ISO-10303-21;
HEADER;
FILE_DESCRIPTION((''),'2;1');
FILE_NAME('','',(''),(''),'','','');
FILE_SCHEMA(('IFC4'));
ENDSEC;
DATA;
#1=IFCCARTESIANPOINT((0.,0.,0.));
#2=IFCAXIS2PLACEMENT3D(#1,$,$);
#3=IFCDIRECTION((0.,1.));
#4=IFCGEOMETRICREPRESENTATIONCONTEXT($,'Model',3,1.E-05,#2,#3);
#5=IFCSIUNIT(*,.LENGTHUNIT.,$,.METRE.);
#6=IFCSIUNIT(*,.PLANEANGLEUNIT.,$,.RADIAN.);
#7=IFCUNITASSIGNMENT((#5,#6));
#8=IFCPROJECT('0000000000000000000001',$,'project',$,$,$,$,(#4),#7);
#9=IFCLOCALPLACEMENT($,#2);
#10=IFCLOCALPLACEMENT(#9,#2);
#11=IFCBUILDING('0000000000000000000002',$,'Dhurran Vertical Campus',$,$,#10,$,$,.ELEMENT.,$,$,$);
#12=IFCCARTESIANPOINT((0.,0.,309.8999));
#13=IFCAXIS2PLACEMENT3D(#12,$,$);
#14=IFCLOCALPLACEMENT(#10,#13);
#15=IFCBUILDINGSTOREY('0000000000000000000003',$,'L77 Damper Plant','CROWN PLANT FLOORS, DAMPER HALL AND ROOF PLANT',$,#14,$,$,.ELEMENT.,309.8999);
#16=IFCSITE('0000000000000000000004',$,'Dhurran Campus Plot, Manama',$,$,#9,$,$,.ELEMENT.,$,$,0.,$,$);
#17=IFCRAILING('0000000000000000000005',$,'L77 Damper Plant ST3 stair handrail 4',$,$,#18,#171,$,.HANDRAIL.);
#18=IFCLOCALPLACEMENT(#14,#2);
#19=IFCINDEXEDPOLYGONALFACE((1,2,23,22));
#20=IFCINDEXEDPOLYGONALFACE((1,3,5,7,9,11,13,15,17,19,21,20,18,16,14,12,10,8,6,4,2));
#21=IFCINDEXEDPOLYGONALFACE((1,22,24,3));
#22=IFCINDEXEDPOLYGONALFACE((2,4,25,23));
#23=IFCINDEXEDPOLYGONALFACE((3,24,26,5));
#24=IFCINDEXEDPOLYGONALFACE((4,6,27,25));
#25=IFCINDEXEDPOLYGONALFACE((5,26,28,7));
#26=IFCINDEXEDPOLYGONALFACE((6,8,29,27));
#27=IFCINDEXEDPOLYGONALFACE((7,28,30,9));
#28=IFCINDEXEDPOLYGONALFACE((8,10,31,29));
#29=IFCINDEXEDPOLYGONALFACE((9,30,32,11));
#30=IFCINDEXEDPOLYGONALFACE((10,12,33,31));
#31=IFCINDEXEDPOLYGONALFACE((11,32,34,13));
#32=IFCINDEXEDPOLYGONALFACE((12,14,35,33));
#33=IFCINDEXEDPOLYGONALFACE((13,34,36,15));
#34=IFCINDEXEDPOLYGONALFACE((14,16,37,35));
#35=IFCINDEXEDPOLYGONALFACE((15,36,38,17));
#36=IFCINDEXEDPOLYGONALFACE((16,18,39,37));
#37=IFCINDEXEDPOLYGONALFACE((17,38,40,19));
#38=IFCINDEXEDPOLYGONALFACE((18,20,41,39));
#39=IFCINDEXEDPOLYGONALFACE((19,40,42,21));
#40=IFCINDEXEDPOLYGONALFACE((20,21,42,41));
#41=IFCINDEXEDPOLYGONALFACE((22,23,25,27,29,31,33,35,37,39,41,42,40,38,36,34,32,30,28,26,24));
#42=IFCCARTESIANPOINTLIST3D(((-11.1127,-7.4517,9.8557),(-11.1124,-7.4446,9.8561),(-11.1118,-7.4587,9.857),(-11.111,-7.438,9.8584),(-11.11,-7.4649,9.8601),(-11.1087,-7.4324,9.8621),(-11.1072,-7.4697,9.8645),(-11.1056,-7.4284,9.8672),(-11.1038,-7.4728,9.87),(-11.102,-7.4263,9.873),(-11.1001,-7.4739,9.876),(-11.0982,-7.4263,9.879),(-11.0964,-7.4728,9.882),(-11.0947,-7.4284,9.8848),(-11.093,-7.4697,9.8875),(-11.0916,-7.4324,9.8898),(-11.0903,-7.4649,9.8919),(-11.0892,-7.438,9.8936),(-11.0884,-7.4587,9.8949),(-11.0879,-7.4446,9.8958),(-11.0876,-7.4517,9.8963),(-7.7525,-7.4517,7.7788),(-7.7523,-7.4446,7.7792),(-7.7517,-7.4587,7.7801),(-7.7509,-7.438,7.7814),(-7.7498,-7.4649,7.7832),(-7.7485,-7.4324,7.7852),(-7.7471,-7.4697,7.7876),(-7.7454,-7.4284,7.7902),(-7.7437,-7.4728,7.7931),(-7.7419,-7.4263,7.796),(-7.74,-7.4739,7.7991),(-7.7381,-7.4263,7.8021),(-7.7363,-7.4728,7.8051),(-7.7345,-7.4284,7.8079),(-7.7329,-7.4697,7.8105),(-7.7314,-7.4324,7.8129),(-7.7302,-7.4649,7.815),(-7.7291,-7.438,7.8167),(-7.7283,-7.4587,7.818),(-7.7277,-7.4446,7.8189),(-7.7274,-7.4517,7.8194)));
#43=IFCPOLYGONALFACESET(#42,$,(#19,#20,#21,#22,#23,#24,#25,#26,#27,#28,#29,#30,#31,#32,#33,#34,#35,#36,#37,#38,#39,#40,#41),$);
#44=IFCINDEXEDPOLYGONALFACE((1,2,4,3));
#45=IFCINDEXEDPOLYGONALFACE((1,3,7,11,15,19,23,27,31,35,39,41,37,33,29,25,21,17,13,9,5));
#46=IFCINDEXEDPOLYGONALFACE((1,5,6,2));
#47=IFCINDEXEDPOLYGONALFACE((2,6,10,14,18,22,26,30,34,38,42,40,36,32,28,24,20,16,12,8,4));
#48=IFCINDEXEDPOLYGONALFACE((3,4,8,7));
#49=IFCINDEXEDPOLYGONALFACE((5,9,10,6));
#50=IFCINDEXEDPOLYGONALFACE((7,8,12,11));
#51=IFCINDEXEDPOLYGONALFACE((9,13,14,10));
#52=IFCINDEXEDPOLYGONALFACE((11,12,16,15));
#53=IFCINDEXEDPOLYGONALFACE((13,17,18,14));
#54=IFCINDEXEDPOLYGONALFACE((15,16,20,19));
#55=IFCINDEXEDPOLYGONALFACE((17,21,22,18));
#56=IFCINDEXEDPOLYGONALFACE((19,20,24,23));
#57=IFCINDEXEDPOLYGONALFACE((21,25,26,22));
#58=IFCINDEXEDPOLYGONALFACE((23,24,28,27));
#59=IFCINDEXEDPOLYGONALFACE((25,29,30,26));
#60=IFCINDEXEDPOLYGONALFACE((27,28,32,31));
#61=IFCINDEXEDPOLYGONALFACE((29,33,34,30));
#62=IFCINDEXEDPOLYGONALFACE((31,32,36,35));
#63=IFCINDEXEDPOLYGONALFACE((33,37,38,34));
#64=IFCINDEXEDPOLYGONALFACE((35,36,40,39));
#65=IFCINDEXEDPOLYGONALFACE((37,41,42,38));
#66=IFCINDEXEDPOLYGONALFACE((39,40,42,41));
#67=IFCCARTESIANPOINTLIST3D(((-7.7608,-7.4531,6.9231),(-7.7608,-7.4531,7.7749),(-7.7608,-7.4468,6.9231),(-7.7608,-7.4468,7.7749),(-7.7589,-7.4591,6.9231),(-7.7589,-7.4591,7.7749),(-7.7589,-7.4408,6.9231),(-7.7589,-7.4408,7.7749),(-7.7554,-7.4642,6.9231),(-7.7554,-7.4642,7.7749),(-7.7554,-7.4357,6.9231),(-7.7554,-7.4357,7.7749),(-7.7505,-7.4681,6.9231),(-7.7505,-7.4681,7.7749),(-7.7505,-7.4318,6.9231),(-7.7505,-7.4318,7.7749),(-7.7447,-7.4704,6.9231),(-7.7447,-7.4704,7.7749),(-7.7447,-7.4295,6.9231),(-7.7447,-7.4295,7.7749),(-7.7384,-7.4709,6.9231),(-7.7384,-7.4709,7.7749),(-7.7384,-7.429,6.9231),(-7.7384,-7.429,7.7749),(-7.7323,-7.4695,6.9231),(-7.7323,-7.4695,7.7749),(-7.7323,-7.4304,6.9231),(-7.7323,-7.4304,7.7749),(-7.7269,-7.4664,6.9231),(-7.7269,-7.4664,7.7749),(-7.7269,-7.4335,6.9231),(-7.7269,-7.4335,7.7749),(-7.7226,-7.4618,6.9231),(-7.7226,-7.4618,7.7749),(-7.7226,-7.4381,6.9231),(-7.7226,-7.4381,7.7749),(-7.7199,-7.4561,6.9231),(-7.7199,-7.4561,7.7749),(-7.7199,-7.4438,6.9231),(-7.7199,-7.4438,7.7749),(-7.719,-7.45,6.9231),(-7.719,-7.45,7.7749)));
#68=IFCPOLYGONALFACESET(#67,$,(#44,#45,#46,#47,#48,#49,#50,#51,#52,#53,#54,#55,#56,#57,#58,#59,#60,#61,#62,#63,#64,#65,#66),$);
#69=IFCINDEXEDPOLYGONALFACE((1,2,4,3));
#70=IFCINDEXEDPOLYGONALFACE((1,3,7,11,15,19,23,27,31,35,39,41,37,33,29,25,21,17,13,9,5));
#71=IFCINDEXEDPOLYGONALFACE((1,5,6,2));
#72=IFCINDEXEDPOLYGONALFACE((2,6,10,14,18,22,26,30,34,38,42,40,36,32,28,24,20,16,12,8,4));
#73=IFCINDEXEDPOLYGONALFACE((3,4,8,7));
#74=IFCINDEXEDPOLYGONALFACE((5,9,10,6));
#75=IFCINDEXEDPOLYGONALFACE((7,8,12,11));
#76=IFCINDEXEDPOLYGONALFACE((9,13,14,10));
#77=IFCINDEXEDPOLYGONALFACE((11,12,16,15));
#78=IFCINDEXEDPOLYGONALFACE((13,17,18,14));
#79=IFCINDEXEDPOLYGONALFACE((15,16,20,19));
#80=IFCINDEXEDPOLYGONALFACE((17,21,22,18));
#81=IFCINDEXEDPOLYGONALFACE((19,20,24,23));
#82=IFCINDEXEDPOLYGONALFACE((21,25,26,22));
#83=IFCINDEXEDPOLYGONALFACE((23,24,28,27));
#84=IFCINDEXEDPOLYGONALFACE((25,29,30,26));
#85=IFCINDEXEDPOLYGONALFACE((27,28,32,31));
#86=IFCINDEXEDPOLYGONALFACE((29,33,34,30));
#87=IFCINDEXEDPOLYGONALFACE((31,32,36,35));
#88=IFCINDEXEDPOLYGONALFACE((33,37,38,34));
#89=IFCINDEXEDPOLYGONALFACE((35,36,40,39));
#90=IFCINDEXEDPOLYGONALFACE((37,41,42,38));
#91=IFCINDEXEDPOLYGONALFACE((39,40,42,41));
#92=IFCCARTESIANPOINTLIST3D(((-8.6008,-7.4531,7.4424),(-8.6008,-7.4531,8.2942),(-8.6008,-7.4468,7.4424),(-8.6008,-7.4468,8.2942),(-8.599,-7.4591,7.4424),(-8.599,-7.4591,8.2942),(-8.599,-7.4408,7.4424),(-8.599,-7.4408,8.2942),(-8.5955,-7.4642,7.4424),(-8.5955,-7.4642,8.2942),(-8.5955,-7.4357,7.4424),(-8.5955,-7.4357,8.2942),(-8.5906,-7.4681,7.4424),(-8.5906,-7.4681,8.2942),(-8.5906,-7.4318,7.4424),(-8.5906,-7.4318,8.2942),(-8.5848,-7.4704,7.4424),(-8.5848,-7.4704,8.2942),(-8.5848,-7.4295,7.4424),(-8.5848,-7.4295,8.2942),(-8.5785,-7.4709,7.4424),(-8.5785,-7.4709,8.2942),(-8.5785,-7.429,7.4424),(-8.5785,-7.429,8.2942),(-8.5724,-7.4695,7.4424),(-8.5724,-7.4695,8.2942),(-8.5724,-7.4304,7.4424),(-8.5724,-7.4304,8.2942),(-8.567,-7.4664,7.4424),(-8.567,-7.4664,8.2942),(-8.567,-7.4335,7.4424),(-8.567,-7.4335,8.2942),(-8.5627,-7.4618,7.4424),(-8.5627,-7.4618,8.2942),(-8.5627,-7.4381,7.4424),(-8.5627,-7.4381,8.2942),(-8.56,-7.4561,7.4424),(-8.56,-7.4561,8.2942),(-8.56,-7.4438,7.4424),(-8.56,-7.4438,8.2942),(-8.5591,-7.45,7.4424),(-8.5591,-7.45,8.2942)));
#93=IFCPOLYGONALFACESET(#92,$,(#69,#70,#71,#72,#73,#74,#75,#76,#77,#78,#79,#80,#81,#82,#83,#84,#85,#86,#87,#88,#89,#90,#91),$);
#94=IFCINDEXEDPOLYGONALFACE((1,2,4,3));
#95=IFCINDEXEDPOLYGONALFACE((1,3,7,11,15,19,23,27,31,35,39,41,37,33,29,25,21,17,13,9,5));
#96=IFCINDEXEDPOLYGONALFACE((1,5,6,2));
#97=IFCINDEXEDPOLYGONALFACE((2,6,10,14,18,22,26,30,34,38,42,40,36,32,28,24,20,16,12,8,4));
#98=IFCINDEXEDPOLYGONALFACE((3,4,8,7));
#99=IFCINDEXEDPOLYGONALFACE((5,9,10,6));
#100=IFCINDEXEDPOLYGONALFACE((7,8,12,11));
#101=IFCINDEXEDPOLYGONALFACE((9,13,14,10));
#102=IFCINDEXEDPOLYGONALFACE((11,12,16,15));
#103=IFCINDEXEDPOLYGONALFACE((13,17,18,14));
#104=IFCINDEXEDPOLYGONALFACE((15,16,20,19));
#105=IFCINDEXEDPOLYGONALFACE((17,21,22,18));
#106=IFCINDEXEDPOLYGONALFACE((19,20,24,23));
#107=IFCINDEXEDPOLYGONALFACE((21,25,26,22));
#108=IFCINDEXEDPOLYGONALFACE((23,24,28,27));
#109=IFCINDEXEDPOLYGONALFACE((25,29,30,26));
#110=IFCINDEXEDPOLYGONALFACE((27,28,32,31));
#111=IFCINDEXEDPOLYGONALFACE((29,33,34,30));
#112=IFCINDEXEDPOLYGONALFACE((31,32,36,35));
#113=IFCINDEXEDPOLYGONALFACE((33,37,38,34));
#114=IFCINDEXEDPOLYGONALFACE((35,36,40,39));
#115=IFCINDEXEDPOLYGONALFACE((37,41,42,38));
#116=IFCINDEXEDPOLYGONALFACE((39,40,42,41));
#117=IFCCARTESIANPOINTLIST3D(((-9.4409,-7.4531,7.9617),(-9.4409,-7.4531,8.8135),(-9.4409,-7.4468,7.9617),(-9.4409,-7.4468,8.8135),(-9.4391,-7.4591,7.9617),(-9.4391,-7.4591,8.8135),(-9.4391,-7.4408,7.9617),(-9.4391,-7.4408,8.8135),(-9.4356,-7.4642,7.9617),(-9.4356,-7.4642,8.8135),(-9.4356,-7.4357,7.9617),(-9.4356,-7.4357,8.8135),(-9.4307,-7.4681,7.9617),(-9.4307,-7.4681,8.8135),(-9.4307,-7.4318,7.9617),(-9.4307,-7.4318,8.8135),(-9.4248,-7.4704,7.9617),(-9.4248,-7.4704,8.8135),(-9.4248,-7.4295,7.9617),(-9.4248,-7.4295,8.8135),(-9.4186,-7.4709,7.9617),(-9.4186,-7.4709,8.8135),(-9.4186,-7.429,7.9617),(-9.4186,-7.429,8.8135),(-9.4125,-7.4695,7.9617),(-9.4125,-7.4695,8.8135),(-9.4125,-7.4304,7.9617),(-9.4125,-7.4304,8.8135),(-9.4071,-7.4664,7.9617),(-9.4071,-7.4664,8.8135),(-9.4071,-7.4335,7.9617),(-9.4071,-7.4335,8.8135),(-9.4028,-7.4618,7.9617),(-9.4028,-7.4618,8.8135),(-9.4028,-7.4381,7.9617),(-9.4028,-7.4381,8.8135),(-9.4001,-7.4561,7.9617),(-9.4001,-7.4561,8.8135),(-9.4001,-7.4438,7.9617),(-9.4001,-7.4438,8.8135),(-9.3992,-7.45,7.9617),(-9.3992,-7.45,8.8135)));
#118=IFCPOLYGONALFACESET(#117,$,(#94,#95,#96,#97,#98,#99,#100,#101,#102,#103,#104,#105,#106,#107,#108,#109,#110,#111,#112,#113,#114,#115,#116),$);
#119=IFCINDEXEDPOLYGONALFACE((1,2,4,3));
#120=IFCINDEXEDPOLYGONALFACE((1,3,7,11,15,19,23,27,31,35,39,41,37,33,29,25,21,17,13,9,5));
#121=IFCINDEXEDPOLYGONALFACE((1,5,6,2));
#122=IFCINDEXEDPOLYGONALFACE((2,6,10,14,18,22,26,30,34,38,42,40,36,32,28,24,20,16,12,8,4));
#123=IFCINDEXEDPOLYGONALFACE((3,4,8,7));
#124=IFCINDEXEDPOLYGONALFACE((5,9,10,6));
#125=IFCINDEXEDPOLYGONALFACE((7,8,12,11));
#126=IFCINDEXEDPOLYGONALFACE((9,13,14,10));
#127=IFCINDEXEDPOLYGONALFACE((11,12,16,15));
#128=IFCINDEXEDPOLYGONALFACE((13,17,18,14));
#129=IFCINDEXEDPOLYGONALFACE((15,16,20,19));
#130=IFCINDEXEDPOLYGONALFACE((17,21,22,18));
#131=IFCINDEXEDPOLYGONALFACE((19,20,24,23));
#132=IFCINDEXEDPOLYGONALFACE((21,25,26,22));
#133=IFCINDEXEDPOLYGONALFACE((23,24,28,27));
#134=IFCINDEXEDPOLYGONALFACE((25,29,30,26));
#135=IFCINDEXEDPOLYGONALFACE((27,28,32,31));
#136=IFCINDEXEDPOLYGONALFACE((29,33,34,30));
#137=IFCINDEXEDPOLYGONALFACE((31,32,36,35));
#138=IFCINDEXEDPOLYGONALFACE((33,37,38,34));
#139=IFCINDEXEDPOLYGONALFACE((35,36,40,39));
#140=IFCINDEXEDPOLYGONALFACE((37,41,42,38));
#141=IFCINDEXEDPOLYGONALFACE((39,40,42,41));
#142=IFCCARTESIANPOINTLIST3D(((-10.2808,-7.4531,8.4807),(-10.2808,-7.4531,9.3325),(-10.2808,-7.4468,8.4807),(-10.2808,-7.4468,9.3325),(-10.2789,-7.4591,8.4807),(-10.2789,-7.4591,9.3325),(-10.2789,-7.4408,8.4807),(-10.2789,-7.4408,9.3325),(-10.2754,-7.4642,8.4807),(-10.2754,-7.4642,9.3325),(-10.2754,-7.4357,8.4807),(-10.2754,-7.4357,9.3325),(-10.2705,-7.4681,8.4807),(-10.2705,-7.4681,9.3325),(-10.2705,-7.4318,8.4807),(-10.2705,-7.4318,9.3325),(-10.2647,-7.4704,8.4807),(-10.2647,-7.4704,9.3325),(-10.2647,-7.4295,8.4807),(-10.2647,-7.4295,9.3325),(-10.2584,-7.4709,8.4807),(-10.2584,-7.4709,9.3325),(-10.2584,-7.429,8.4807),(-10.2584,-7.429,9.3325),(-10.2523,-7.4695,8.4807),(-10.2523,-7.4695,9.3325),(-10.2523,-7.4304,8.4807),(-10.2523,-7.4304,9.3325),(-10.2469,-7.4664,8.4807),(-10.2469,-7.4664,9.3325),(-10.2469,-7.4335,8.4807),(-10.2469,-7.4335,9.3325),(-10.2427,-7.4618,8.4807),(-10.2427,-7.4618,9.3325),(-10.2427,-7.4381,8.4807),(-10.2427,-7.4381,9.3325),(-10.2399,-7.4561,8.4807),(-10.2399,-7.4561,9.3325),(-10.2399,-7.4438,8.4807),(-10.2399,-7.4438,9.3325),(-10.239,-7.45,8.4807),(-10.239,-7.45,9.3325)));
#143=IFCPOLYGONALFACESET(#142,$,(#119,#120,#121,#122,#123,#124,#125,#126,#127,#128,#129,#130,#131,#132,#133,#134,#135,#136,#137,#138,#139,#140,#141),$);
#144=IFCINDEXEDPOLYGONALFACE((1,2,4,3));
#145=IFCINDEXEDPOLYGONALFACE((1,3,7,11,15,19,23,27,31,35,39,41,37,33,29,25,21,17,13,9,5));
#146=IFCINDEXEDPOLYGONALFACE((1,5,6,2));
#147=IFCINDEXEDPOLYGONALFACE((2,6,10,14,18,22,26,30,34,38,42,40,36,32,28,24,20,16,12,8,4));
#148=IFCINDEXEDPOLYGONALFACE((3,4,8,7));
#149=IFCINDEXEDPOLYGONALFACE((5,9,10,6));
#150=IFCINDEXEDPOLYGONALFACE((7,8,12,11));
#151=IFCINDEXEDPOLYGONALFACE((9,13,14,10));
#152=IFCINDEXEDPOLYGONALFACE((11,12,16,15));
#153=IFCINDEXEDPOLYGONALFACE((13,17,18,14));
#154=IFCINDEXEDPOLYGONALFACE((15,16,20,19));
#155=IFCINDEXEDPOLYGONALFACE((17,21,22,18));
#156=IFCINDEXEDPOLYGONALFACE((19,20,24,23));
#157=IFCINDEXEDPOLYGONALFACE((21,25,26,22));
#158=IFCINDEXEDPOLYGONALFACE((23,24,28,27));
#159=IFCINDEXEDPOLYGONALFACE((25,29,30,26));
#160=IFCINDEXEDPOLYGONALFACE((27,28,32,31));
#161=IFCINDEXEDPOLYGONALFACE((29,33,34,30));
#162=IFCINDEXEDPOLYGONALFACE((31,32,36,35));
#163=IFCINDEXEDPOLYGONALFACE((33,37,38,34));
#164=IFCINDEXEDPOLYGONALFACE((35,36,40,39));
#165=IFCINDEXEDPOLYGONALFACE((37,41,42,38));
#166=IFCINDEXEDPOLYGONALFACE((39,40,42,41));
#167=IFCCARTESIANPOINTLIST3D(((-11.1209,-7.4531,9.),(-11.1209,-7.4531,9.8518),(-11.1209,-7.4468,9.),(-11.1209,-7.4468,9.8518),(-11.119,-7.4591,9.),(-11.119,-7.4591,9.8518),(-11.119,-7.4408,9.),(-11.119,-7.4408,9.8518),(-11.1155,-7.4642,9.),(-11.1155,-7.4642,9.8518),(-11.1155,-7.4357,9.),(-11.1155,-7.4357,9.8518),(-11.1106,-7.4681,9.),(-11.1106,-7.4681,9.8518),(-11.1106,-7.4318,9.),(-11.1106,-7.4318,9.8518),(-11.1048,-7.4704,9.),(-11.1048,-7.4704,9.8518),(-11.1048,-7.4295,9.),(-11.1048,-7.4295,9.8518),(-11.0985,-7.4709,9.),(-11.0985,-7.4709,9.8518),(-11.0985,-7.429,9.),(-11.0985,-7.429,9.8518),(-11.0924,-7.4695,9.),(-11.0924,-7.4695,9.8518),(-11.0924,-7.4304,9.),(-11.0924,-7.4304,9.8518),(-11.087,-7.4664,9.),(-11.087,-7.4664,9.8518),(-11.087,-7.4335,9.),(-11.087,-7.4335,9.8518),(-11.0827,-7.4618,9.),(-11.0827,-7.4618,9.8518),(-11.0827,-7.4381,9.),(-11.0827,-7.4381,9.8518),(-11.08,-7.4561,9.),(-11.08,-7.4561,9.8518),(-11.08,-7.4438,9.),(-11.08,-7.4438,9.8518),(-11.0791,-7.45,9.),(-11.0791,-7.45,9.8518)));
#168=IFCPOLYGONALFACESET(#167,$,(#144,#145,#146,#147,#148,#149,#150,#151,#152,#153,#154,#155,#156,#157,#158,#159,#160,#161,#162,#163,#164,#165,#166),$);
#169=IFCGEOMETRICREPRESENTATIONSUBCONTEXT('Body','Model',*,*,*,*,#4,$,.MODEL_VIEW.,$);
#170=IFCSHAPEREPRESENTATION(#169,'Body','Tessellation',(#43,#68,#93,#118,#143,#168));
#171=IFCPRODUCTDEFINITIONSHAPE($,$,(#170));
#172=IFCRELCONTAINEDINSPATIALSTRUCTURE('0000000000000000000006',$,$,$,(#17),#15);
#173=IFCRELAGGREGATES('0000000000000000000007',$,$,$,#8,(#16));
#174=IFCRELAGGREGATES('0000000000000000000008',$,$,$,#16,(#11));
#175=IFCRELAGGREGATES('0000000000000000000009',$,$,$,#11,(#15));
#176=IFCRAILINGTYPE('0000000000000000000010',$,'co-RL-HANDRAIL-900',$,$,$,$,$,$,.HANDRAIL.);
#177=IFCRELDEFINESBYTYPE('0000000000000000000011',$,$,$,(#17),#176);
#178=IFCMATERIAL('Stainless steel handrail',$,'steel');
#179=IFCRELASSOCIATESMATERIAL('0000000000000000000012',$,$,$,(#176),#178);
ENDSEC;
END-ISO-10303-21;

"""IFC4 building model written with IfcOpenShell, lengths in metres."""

from ifc_helpers import new_model, si_unit, direction, frame, origin, origin_2d, place, context, subcontext, project, spatial, circle, extrude, material, type_object, element, save


model = new_model("IFC4")

# Units and contexts
model_context = context("Model", 3, precision=1e-05, world=origin(), true_north=direction((0.0, 1.0)))
body_context = subcontext(model_context, "Body", "Model", "MODEL_VIEW")
ifc_project = project(units=[si_unit("LENGTHUNIT", "METRE"), si_unit("PLANEANGLEUNIT", "RADIAN")], contexts=[model_context])

# Site, building, storey
site_placement = place(None, origin())
site = spatial("IfcSite", under=ifc_project, at=site_placement, Name="Dhurran Campus Plot, Manama", CompositionType="ELEMENT", RefElevation=0.0)
building_placement = place(site_placement, origin())
building = spatial("IfcBuilding", under=site, at=building_placement, Name="Dhurran Vertical Campus", CompositionType="ELEMENT")
storey_placement = place(building_placement, frame((0.0, 0.0, 309.8999)))
storey = spatial("IfcBuildingStorey", under=building, at=storey_placement, Name="L77 Damper Plant", Description="CROWN PLANT FLOORS, DAMPER HALL AND ROOF PLANT", CompositionType="ELEMENT", Elevation=309.8999)

# Railing
ifc_material_1 = material(Name="Stainless steel handrail", Category="steel")
railing_type_1 = type_object("IfcRailingType", Name="co-RL-HANDRAIL-900", PredefinedType="HANDRAIL", material=ifc_material_1)
for number, where, name in (
    (1, (-7.74, -7.45, 6.9231), "L77 Damper Plant ST3 stair handrail 4"),
):
    element("IfcRailing", number, at=place(storey_placement, frame(where)), inside=storey, type_object=railing_type_1, Name=name, PredefinedType="HANDRAIL", context=body_context, shape_type="SweptSolid", body=[
        extrude(circle(Radius=0.0239, at=origin_2d()), frame((0.0, 0.0, 0.876), z_axis=(-0.850623, 0.0, 0.525776), x_axis=(0.0, -1.0, 0.0)), (0.0, 0.0, 1.0), 3.9502),
        extrude(circle(Radius=0.021, at=origin_2d()), origin(), (0.0, 0.0, 1.0), 0.8518),
        extrude(circle(Radius=0.021, at=origin_2d()), frame((-0.8401, 0.0, 0.5193)), (0.0, 0.0, 1.0), 0.8518),
        extrude(circle(Radius=0.021, at=origin_2d()), frame((-1.6802, 0.0, 1.0386)), (0.0, 0.0, 1.0), 0.8518),
        extrude(circle(Radius=0.021, at=origin_2d()), frame((-2.52, 0.0, 1.5576)), (0.0, 0.0, 1.0), 0.8518),
        extrude(circle(Radius=0.021, at=origin_2d()), frame((-3.3601, 0.0, 2.0769)), (0.0, 0.0, 1.0), 0.8518),
    ])

save(model, "model.ifc")
